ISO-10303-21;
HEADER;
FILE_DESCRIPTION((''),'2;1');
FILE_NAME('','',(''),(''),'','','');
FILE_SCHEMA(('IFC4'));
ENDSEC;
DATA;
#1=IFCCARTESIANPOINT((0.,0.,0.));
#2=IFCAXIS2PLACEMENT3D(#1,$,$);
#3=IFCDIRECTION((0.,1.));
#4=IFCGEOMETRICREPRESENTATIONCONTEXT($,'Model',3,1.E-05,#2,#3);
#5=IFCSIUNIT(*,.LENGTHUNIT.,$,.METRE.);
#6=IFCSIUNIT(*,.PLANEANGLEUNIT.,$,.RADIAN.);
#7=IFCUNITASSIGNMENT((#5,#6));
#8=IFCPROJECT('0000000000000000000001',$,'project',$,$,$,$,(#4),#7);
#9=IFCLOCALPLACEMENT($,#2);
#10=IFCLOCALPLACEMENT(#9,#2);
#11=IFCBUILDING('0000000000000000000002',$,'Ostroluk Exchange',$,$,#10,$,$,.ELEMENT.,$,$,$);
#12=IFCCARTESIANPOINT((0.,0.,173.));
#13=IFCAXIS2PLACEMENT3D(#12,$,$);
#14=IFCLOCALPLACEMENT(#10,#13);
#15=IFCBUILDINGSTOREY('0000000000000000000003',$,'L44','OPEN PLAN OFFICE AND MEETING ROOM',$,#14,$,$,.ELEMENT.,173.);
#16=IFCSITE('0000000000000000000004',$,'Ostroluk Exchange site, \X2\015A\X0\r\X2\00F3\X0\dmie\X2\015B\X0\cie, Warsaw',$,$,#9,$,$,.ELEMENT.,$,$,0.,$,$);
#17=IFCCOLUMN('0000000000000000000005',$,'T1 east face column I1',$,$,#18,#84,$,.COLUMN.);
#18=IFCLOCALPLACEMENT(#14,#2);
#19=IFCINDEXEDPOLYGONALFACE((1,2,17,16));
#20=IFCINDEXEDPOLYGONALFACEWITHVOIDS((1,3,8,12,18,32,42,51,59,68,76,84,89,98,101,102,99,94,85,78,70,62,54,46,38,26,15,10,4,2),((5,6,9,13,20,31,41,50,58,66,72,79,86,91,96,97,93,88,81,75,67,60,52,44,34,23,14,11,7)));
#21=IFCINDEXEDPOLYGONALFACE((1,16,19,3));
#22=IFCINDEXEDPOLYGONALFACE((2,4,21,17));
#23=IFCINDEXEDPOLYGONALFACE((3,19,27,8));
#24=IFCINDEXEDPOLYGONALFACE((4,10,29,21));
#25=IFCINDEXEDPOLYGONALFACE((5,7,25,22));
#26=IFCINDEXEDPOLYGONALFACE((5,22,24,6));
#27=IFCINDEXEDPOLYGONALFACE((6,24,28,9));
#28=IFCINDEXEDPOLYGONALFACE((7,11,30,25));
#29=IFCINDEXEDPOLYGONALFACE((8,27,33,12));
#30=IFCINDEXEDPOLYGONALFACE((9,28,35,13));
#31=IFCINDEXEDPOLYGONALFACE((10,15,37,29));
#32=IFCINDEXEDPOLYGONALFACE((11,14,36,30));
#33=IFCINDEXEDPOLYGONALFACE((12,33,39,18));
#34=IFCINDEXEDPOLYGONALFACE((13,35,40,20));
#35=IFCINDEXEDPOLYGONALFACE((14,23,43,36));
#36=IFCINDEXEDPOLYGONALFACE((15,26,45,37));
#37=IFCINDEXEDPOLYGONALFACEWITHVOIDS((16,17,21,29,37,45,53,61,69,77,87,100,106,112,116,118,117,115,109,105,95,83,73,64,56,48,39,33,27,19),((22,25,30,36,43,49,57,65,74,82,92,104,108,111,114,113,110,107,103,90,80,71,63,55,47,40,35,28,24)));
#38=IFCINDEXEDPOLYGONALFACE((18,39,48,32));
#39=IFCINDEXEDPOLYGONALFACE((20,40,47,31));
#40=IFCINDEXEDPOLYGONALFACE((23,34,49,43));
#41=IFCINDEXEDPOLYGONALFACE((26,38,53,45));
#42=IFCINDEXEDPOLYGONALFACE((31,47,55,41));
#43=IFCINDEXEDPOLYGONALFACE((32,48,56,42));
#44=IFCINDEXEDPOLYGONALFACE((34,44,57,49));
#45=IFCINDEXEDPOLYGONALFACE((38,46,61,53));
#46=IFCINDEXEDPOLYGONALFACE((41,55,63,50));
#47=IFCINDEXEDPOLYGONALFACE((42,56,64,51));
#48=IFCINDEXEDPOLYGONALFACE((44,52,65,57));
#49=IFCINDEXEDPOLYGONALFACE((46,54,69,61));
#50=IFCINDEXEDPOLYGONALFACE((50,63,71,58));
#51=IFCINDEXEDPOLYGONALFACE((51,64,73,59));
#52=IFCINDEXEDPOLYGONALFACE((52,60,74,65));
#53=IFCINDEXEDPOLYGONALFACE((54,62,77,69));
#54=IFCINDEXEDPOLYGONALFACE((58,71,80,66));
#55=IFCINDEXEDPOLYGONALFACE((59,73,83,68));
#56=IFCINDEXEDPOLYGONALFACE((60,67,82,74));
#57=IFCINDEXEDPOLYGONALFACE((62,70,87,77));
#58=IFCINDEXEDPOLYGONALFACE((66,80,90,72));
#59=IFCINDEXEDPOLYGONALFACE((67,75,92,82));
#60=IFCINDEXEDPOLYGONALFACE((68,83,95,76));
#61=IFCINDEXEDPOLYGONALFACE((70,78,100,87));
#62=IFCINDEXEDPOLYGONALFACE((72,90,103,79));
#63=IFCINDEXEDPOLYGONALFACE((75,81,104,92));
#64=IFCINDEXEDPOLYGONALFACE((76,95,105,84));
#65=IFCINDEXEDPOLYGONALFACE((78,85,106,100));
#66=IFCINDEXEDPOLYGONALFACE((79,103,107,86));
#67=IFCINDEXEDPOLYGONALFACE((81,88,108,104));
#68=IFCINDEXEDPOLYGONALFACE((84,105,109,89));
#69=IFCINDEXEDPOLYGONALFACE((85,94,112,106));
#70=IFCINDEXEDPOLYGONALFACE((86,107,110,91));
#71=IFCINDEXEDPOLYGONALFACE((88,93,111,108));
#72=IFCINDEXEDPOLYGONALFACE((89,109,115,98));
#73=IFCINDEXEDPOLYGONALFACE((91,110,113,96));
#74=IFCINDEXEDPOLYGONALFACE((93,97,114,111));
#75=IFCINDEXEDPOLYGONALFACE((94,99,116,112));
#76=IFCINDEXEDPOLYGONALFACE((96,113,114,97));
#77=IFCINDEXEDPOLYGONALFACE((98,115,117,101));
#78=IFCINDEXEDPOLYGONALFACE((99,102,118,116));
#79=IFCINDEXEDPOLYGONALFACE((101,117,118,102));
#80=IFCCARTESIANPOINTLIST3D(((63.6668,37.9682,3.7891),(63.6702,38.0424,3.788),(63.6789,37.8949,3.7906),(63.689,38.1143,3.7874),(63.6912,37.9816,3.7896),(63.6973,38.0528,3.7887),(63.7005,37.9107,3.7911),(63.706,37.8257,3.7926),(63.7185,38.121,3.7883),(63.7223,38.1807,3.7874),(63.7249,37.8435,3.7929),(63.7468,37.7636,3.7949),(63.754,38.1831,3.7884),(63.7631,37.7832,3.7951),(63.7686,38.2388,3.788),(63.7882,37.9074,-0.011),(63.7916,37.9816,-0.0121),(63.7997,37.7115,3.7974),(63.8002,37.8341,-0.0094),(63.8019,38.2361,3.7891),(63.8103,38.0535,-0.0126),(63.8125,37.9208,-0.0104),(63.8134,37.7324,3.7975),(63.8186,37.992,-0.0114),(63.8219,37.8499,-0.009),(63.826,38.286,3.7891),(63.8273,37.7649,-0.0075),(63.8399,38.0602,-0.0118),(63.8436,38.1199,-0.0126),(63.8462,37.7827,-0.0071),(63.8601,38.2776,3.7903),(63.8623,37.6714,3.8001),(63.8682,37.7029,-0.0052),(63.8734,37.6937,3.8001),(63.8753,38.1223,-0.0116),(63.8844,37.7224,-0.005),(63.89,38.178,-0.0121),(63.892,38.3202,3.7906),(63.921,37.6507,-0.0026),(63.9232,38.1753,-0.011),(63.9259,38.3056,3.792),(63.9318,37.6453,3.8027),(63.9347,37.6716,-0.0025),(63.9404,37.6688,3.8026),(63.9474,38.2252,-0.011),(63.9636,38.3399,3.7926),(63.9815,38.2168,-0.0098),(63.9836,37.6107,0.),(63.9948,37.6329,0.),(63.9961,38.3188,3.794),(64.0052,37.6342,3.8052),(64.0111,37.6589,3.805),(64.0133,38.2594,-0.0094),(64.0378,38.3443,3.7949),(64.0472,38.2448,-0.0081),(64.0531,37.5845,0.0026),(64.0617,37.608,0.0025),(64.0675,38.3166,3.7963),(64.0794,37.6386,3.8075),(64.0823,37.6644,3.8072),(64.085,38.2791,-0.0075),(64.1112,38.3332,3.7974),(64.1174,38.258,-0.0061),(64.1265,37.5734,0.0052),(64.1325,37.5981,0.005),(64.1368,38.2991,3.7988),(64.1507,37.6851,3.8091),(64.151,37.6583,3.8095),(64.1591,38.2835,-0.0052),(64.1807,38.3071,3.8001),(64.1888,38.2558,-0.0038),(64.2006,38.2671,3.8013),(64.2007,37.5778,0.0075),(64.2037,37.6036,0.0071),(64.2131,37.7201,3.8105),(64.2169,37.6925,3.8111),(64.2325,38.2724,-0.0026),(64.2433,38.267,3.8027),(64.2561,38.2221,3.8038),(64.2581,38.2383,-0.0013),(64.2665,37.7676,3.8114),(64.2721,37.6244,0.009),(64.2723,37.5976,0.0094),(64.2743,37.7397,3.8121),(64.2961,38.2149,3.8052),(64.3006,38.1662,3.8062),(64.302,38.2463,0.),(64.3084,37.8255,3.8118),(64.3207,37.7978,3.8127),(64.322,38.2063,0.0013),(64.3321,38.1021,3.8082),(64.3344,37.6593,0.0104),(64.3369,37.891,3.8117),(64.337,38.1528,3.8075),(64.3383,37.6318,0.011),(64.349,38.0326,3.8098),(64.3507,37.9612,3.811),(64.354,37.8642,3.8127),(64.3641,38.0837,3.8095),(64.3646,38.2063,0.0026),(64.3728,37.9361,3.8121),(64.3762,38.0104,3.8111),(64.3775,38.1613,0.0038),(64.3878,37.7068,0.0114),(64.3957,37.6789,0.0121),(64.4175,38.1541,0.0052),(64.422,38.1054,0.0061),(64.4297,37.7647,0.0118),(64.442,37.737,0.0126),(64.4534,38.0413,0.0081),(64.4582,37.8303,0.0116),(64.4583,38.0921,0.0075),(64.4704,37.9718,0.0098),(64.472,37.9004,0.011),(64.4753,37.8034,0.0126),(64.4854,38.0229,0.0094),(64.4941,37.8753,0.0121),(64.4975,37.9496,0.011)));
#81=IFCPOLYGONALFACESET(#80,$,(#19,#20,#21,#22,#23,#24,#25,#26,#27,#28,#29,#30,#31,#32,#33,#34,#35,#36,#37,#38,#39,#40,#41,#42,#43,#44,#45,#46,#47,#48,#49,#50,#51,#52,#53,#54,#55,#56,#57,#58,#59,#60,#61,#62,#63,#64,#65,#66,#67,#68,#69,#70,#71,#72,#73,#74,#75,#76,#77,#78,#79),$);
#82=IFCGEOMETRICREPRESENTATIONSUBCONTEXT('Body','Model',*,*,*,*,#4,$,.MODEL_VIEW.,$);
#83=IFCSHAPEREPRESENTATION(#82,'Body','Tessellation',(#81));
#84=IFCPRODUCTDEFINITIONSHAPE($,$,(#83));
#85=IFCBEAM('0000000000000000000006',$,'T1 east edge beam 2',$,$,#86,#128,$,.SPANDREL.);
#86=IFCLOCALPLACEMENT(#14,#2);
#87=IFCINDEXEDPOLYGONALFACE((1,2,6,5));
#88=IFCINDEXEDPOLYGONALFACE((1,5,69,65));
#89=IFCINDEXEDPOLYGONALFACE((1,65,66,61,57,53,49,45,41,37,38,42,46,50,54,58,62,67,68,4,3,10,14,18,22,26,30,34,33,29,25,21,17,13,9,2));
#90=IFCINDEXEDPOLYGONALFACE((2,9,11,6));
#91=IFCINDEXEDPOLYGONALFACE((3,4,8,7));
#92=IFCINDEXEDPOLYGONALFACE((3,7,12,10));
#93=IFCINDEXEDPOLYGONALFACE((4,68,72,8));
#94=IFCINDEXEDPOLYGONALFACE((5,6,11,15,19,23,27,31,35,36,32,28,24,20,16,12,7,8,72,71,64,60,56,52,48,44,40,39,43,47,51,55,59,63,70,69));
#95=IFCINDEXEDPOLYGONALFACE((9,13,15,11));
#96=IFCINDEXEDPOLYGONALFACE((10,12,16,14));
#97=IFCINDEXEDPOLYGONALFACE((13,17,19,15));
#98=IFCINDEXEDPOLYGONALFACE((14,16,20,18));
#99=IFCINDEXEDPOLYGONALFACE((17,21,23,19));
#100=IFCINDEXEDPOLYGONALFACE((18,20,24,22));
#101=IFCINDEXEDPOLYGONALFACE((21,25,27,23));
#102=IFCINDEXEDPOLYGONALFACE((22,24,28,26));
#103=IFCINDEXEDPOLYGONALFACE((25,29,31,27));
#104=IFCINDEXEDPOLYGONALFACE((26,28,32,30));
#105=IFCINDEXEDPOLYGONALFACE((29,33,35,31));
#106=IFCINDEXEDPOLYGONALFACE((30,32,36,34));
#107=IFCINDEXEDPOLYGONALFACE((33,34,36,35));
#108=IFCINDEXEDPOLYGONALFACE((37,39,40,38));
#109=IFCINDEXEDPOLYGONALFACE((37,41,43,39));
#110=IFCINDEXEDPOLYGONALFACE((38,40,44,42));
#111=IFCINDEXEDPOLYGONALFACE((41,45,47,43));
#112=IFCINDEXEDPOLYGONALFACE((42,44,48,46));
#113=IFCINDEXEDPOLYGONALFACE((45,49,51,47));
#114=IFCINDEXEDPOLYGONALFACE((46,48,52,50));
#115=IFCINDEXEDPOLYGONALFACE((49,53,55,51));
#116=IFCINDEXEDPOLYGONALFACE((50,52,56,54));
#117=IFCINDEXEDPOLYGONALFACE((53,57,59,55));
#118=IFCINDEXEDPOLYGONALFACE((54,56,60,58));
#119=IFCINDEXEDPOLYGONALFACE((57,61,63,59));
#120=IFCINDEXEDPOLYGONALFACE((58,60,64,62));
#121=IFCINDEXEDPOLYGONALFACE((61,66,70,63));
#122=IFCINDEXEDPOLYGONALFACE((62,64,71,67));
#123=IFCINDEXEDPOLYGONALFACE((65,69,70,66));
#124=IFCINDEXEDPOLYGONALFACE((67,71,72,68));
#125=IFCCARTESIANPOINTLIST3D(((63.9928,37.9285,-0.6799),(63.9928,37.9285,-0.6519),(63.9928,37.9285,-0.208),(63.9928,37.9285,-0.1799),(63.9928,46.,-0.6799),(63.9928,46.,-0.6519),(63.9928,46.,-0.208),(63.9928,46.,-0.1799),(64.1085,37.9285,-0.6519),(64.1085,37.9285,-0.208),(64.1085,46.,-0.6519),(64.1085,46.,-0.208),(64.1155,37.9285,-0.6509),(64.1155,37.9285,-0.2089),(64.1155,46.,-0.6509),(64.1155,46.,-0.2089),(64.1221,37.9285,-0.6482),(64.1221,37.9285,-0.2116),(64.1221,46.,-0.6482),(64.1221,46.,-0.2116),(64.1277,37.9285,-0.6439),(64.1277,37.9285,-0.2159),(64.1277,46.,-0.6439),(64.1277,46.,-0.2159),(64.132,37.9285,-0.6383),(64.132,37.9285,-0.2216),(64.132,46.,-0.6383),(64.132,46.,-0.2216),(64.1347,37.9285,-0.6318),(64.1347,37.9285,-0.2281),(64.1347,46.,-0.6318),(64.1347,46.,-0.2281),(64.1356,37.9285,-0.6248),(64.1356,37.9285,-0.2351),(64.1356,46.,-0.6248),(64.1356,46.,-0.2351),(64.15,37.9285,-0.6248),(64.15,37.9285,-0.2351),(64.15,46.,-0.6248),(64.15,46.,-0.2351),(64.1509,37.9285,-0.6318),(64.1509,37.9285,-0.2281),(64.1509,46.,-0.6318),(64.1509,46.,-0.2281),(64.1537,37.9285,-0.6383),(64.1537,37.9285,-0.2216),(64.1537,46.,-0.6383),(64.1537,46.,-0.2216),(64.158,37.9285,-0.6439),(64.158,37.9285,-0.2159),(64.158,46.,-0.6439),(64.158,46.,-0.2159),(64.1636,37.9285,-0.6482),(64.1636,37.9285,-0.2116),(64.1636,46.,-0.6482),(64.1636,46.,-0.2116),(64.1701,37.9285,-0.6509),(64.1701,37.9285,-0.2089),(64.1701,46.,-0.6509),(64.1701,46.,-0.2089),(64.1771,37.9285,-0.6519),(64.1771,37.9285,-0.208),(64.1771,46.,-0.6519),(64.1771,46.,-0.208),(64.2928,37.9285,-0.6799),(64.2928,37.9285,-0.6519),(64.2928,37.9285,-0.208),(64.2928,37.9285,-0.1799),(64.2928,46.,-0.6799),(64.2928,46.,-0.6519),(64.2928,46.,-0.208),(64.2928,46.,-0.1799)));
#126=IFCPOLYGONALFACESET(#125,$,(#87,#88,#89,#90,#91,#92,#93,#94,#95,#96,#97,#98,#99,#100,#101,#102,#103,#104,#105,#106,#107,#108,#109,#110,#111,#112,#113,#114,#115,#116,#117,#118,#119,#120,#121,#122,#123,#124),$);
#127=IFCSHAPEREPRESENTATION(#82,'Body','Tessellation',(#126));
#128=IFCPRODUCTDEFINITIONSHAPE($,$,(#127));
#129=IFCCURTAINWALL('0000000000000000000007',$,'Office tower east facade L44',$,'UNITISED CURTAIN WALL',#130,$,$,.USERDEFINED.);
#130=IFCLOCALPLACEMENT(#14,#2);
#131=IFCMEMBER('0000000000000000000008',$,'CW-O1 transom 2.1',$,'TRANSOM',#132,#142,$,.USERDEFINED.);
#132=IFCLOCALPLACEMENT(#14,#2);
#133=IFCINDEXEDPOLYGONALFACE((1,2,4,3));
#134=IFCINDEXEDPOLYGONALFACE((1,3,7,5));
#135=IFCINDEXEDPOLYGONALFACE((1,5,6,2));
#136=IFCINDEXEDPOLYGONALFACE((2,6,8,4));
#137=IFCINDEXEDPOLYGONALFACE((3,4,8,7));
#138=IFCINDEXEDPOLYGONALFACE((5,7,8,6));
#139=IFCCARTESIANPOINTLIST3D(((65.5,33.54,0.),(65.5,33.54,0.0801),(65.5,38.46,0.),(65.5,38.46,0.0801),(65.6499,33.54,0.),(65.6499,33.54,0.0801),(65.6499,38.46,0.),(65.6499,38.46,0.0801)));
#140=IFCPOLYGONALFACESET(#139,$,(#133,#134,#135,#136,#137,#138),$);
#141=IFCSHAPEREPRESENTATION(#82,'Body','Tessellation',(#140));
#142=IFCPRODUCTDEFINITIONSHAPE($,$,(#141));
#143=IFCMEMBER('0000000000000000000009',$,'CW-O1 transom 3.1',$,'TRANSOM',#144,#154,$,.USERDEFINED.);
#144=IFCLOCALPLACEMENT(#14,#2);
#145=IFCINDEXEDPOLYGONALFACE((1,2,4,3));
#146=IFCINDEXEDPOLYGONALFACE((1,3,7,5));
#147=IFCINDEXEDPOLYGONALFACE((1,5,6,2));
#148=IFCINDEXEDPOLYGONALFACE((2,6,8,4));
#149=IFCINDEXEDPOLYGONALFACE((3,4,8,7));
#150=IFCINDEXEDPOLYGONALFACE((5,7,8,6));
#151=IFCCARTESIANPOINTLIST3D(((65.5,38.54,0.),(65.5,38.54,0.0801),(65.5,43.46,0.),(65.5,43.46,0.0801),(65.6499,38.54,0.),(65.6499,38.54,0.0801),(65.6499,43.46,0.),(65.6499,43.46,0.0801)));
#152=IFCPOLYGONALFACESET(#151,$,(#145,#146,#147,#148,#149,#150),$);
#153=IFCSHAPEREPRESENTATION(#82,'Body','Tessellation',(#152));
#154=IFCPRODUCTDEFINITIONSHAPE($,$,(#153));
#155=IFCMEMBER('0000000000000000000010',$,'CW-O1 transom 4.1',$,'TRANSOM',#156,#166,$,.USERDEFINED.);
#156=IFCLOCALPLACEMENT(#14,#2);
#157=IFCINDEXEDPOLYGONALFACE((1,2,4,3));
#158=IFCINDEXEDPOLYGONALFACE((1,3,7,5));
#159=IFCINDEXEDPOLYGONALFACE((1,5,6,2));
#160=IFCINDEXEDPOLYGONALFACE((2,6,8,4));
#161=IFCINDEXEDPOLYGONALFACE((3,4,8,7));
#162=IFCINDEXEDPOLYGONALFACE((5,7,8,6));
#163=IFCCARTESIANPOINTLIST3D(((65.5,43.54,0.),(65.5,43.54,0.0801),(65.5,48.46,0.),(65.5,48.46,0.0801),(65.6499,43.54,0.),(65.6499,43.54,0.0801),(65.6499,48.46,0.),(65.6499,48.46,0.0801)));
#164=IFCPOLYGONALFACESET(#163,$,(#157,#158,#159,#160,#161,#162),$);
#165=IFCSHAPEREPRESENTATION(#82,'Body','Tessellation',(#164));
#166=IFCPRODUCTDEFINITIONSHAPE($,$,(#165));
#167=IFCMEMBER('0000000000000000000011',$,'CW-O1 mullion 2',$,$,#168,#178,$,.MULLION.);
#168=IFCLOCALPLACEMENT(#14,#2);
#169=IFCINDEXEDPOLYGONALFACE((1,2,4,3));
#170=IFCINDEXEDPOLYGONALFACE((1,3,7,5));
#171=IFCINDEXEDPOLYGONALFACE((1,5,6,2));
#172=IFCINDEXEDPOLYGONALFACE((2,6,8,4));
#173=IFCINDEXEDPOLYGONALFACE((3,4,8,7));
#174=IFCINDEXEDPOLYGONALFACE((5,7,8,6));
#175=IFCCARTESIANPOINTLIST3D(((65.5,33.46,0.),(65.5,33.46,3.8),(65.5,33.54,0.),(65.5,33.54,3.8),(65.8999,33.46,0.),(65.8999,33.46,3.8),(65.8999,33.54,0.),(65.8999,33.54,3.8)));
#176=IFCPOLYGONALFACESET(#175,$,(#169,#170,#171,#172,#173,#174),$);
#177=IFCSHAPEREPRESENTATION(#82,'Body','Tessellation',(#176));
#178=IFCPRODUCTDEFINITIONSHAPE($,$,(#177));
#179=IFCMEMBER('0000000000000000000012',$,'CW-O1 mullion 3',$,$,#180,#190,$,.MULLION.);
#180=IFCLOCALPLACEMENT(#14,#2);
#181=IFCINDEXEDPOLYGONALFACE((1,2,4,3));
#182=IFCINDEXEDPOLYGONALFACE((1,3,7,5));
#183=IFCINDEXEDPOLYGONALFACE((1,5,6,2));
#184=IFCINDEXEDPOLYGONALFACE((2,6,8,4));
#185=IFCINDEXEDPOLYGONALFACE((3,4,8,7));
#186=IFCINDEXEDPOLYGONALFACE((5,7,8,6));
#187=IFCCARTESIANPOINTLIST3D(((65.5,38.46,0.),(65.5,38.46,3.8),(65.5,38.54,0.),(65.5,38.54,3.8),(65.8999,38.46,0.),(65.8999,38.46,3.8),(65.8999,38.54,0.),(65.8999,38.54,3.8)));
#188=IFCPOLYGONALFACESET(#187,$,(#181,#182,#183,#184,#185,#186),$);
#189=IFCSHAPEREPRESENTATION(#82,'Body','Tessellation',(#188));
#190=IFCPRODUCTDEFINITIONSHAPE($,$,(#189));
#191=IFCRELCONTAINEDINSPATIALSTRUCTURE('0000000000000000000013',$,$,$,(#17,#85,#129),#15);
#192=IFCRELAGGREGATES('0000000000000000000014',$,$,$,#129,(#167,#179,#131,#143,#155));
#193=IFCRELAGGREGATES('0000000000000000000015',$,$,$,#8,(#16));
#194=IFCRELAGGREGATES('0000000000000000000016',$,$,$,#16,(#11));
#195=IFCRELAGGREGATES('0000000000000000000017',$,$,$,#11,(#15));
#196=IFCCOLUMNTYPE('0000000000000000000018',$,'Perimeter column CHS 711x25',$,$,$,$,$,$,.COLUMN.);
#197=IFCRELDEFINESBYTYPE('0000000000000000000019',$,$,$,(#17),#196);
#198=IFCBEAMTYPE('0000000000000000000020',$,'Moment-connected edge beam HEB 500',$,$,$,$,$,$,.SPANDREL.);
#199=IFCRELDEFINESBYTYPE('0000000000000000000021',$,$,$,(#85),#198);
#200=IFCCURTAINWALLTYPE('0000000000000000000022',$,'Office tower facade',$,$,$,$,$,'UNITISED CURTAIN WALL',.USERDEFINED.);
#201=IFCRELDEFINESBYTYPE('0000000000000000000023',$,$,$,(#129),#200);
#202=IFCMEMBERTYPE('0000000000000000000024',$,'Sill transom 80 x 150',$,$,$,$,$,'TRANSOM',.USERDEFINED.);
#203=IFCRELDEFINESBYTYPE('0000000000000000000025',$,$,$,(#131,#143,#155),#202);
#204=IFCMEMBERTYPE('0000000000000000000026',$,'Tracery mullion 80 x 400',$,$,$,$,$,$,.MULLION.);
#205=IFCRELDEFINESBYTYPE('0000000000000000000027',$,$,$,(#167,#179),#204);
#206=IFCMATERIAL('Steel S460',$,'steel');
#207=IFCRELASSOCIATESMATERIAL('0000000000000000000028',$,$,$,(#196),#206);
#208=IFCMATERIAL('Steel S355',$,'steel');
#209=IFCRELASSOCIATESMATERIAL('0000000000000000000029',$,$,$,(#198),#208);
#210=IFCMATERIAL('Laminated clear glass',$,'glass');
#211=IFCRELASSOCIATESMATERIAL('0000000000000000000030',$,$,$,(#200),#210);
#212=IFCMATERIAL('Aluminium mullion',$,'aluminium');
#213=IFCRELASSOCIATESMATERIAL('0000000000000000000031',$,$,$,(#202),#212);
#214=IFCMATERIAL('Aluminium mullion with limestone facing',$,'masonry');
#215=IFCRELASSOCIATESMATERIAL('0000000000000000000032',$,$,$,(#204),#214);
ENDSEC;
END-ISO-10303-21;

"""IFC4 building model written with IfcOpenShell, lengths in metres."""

from ifc_helpers import new_model, si_unit, direction, frame, origin, origin_2d, place, context, subcontext, project, spatial, rectangle, hollow_circle, i_section, extrude, material, material_profile, profile_set, type_object, element, aggregate, save


model = new_model("IFC4")

# Units and contexts
model_context = context("Model", 3, precision=1e-05, world=origin(), true_north=direction((0.0, 1.0)))
body_context = subcontext(model_context, "Body", "Model", "MODEL_VIEW")
ifc_project = project(units=[si_unit("LENGTHUNIT", "METRE"), si_unit("PLANEANGLEUNIT", "RADIAN")], contexts=[model_context])

# Site, building, storey
site_placement = place(None, origin())
site = spatial("IfcSite", under=ifc_project, at=site_placement, Name="Ostroluk Exchange site, Śródmieście, Warsaw", CompositionType="ELEMENT", RefElevation=0.0)
building_placement = place(site_placement, origin())
building = spatial("IfcBuilding", under=site, at=building_placement, Name="Ostroluk Exchange", CompositionType="ELEMENT")
storey_placement = place(building_placement, frame((0.0, 0.0, 173.0)))
storey = spatial("IfcBuildingStorey", under=building, at=storey_placement, Name="L44", Description="OPEN PLAN OFFICE AND MEETING ROOM", CompositionType="ELEMENT", Elevation=173.0)

# Column
ifc_material_1 = material(Name="Steel S460", Category="steel")
ifc_material_profile_1 = material_profile(ifc_material_1, hollow_circle(Radius=0.3555, WallThickness=0.0249, at=origin_2d()), Name="CHS 711x25")
ifc_profile_set_1 = profile_set([ifc_material_profile_1], Name="Steel S460")
column_type = type_object("IfcColumnType", Name="Perimeter column CHS 711x25", PredefinedType="COLUMN", material=ifc_profile_set_1)
column_placement = place(storey_placement, frame((64.1428, 37.9285, 0.0), z_axis=(-0.03191, 0.015987, 0.999363), x_axis=(-0.447933, -0.894067, 0.0)))
element("IfcColumn", 1, at=column_placement, inside=storey, type_object=column_type, Name="T1 east face column I1", PredefinedType="COLUMN", context=body_context, shape_type="SweptSolid", body=[
    extrude(hollow_circle(Radius=0.3555, WallThickness=0.0249, at=origin_2d()), origin(), (0.0, 0.0, 1.0), 3.8025),
])

# Beam
ifc_material_2 = material(Name="Steel S355", Category="steel")
ifc_material_profile_2 = material_profile(ifc_material_2, i_section(OverallWidth=0.3, OverallDepth=0.5, WebThickness=0.0144, FlangeThickness=0.0281, FilletRadius=0.0271, at=origin_2d()), Name="HEB 500")
ifc_profile_set_2 = profile_set([ifc_material_profile_2], Name="Steel S355")
beam_type = type_object("IfcBeamType", Name="Moment-connected edge beam HEB 500", PredefinedType="SPANDREL", material=ifc_profile_set_2)
beam_placement = place(storey_placement, frame((64.1428, 37.9285, -0.4299), z_axis=(0.0, 1.0, 0.0), x_axis=(-1.0, 0.0, 0.0)))
element("IfcBeam", 2, at=beam_placement, inside=storey, type_object=beam_type, Name="T1 east edge beam 2", PredefinedType="SPANDREL", context=body_context, shape_type="SweptSolid", body=[
    extrude(i_section(OverallWidth=0.3, OverallDepth=0.5, WebThickness=0.0144, FlangeThickness=0.0281, FilletRadius=0.0271, at=origin_2d()), origin(), (0.0, 0.0, 1.0), 8.0715),
])

# Curtain wall, members
ifc_material_3 = material(Name="Laminated clear glass", Category="glass")
curtain_wall_type = type_object("IfcCurtainWallType", Name="Office tower facade", ElementType="UNITISED CURTAIN WALL", PredefinedType="USERDEFINED", material=ifc_material_3)
curtain_wall_placement = place(storey_placement, origin())
curtain_wall = element("IfcCurtainWall", 3, at=curtain_wall_placement, inside=storey, type_object=curtain_wall_type, Name="Office tower east facade L44", ObjectType="UNITISED CURTAIN WALL", PredefinedType="USERDEFINED")
ifc_material_4 = material(Name="Aluminium mullion", Category="aluminium")
ifc_material_profile_3 = material_profile(ifc_material_4, rectangle(XDim=0.1499, YDim=0.0801, at=origin_2d()), Name="Sill transom 80 x 150")
ifc_profile_set_3 = profile_set([ifc_material_profile_3], Name="Aluminium mullion")
member_type_1 = type_object("IfcMemberType", Name="Sill transom 80 x 150", ElementType="TRANSOM", PredefinedType="USERDEFINED", material=ifc_profile_set_3)
member_1_placement = place(storey_placement, frame((65.575, 33.54, 0.04), z_axis=(0.0, 1.0, 0.0), x_axis=(-1.0, 0.0, 0.0)))
member_1 = element("IfcMember", 4, at=member_1_placement, type_object=member_type_1, Name="CW-O1 transom 2.1", ObjectType="TRANSOM", PredefinedType="USERDEFINED", context=body_context, shape_type="SweptSolid", body=[
    extrude(rectangle(XDim=0.1499, YDim=0.0801, at=origin_2d()), origin(), (0.0, 0.0, 1.0), 4.9199),
])
member_2_placement = place(storey_placement, frame((65.575, 38.54, 0.04), z_axis=(0.0, 1.0, 0.0), x_axis=(-1.0, 0.0, 0.0)))
member_2 = element("IfcMember", 5, at=member_2_placement, type_object=member_type_1, Name="CW-O1 transom 3.1", ObjectType="TRANSOM", PredefinedType="USERDEFINED", context=body_context, shape_type="SweptSolid", body=[
    extrude(rectangle(XDim=0.1499, YDim=0.0801, at=origin_2d()), origin(), (0.0, 0.0, 1.0), 4.9199),
])
member_3_placement = place(storey_placement, frame((65.575, 43.54, 0.04), z_axis=(0.0, 1.0, 0.0), x_axis=(-1.0, 0.0, 0.0)))
member_3 = element("IfcMember", 6, at=member_3_placement, type_object=member_type_1, Name="CW-O1 transom 4.1", ObjectType="TRANSOM", PredefinedType="USERDEFINED", context=body_context, shape_type="SweptSolid", body=[
    extrude(rectangle(XDim=0.1499, YDim=0.0801, at=origin_2d()), origin(), (0.0, 0.0, 1.0), 4.9199),
])
ifc_material_5 = material(Name="Aluminium mullion with limestone facing", Category="masonry")
ifc_material_profile_4 = material_profile(ifc_material_5, rectangle(XDim=0.3999, YDim=0.0801, at=origin_2d()), Name="Tracery mullion 80 x 400")
ifc_profile_set_4 = profile_set([ifc_material_profile_4], Name="Aluminium mullion with limestone facing")
member_type_2 = type_object("IfcMemberType", Name="Tracery mullion 80 x 400", PredefinedType="MULLION", material=ifc_profile_set_4)
member_4_placement = place(storey_placement, frame((65.7, 33.5, 0.0), z_axis=(0.0, 0.0, 1.0), x_axis=(-1.0, 0.0, 0.0)))
member_4 = element("IfcMember", 7, at=member_4_placement, type_object=member_type_2, Name="CW-O1 mullion 2", PredefinedType="MULLION", context=body_context, shape_type="SweptSolid", body=[
    extrude(rectangle(XDim=0.3999, YDim=0.0801, at=origin_2d()), origin(), (0.0, 0.0, 1.0), 3.8),
])
member_5_placement = place(storey_placement, frame((65.7, 38.5, 0.0), z_axis=(0.0, 0.0, 1.0), x_axis=(-1.0, 0.0, 0.0)))
member_5 = element("IfcMember", 8, at=member_5_placement, type_object=member_type_2, Name="CW-O1 mullion 3", PredefinedType="MULLION", context=body_context, shape_type="SweptSolid", body=[
    extrude(rectangle(XDim=0.3999, YDim=0.0801, at=origin_2d()), origin(), (0.0, 0.0, 1.0), 3.8),
])
aggregate(curtain_wall, [member_4, member_5, member_1, member_2, member_3])

save(model, "model.ifc")
